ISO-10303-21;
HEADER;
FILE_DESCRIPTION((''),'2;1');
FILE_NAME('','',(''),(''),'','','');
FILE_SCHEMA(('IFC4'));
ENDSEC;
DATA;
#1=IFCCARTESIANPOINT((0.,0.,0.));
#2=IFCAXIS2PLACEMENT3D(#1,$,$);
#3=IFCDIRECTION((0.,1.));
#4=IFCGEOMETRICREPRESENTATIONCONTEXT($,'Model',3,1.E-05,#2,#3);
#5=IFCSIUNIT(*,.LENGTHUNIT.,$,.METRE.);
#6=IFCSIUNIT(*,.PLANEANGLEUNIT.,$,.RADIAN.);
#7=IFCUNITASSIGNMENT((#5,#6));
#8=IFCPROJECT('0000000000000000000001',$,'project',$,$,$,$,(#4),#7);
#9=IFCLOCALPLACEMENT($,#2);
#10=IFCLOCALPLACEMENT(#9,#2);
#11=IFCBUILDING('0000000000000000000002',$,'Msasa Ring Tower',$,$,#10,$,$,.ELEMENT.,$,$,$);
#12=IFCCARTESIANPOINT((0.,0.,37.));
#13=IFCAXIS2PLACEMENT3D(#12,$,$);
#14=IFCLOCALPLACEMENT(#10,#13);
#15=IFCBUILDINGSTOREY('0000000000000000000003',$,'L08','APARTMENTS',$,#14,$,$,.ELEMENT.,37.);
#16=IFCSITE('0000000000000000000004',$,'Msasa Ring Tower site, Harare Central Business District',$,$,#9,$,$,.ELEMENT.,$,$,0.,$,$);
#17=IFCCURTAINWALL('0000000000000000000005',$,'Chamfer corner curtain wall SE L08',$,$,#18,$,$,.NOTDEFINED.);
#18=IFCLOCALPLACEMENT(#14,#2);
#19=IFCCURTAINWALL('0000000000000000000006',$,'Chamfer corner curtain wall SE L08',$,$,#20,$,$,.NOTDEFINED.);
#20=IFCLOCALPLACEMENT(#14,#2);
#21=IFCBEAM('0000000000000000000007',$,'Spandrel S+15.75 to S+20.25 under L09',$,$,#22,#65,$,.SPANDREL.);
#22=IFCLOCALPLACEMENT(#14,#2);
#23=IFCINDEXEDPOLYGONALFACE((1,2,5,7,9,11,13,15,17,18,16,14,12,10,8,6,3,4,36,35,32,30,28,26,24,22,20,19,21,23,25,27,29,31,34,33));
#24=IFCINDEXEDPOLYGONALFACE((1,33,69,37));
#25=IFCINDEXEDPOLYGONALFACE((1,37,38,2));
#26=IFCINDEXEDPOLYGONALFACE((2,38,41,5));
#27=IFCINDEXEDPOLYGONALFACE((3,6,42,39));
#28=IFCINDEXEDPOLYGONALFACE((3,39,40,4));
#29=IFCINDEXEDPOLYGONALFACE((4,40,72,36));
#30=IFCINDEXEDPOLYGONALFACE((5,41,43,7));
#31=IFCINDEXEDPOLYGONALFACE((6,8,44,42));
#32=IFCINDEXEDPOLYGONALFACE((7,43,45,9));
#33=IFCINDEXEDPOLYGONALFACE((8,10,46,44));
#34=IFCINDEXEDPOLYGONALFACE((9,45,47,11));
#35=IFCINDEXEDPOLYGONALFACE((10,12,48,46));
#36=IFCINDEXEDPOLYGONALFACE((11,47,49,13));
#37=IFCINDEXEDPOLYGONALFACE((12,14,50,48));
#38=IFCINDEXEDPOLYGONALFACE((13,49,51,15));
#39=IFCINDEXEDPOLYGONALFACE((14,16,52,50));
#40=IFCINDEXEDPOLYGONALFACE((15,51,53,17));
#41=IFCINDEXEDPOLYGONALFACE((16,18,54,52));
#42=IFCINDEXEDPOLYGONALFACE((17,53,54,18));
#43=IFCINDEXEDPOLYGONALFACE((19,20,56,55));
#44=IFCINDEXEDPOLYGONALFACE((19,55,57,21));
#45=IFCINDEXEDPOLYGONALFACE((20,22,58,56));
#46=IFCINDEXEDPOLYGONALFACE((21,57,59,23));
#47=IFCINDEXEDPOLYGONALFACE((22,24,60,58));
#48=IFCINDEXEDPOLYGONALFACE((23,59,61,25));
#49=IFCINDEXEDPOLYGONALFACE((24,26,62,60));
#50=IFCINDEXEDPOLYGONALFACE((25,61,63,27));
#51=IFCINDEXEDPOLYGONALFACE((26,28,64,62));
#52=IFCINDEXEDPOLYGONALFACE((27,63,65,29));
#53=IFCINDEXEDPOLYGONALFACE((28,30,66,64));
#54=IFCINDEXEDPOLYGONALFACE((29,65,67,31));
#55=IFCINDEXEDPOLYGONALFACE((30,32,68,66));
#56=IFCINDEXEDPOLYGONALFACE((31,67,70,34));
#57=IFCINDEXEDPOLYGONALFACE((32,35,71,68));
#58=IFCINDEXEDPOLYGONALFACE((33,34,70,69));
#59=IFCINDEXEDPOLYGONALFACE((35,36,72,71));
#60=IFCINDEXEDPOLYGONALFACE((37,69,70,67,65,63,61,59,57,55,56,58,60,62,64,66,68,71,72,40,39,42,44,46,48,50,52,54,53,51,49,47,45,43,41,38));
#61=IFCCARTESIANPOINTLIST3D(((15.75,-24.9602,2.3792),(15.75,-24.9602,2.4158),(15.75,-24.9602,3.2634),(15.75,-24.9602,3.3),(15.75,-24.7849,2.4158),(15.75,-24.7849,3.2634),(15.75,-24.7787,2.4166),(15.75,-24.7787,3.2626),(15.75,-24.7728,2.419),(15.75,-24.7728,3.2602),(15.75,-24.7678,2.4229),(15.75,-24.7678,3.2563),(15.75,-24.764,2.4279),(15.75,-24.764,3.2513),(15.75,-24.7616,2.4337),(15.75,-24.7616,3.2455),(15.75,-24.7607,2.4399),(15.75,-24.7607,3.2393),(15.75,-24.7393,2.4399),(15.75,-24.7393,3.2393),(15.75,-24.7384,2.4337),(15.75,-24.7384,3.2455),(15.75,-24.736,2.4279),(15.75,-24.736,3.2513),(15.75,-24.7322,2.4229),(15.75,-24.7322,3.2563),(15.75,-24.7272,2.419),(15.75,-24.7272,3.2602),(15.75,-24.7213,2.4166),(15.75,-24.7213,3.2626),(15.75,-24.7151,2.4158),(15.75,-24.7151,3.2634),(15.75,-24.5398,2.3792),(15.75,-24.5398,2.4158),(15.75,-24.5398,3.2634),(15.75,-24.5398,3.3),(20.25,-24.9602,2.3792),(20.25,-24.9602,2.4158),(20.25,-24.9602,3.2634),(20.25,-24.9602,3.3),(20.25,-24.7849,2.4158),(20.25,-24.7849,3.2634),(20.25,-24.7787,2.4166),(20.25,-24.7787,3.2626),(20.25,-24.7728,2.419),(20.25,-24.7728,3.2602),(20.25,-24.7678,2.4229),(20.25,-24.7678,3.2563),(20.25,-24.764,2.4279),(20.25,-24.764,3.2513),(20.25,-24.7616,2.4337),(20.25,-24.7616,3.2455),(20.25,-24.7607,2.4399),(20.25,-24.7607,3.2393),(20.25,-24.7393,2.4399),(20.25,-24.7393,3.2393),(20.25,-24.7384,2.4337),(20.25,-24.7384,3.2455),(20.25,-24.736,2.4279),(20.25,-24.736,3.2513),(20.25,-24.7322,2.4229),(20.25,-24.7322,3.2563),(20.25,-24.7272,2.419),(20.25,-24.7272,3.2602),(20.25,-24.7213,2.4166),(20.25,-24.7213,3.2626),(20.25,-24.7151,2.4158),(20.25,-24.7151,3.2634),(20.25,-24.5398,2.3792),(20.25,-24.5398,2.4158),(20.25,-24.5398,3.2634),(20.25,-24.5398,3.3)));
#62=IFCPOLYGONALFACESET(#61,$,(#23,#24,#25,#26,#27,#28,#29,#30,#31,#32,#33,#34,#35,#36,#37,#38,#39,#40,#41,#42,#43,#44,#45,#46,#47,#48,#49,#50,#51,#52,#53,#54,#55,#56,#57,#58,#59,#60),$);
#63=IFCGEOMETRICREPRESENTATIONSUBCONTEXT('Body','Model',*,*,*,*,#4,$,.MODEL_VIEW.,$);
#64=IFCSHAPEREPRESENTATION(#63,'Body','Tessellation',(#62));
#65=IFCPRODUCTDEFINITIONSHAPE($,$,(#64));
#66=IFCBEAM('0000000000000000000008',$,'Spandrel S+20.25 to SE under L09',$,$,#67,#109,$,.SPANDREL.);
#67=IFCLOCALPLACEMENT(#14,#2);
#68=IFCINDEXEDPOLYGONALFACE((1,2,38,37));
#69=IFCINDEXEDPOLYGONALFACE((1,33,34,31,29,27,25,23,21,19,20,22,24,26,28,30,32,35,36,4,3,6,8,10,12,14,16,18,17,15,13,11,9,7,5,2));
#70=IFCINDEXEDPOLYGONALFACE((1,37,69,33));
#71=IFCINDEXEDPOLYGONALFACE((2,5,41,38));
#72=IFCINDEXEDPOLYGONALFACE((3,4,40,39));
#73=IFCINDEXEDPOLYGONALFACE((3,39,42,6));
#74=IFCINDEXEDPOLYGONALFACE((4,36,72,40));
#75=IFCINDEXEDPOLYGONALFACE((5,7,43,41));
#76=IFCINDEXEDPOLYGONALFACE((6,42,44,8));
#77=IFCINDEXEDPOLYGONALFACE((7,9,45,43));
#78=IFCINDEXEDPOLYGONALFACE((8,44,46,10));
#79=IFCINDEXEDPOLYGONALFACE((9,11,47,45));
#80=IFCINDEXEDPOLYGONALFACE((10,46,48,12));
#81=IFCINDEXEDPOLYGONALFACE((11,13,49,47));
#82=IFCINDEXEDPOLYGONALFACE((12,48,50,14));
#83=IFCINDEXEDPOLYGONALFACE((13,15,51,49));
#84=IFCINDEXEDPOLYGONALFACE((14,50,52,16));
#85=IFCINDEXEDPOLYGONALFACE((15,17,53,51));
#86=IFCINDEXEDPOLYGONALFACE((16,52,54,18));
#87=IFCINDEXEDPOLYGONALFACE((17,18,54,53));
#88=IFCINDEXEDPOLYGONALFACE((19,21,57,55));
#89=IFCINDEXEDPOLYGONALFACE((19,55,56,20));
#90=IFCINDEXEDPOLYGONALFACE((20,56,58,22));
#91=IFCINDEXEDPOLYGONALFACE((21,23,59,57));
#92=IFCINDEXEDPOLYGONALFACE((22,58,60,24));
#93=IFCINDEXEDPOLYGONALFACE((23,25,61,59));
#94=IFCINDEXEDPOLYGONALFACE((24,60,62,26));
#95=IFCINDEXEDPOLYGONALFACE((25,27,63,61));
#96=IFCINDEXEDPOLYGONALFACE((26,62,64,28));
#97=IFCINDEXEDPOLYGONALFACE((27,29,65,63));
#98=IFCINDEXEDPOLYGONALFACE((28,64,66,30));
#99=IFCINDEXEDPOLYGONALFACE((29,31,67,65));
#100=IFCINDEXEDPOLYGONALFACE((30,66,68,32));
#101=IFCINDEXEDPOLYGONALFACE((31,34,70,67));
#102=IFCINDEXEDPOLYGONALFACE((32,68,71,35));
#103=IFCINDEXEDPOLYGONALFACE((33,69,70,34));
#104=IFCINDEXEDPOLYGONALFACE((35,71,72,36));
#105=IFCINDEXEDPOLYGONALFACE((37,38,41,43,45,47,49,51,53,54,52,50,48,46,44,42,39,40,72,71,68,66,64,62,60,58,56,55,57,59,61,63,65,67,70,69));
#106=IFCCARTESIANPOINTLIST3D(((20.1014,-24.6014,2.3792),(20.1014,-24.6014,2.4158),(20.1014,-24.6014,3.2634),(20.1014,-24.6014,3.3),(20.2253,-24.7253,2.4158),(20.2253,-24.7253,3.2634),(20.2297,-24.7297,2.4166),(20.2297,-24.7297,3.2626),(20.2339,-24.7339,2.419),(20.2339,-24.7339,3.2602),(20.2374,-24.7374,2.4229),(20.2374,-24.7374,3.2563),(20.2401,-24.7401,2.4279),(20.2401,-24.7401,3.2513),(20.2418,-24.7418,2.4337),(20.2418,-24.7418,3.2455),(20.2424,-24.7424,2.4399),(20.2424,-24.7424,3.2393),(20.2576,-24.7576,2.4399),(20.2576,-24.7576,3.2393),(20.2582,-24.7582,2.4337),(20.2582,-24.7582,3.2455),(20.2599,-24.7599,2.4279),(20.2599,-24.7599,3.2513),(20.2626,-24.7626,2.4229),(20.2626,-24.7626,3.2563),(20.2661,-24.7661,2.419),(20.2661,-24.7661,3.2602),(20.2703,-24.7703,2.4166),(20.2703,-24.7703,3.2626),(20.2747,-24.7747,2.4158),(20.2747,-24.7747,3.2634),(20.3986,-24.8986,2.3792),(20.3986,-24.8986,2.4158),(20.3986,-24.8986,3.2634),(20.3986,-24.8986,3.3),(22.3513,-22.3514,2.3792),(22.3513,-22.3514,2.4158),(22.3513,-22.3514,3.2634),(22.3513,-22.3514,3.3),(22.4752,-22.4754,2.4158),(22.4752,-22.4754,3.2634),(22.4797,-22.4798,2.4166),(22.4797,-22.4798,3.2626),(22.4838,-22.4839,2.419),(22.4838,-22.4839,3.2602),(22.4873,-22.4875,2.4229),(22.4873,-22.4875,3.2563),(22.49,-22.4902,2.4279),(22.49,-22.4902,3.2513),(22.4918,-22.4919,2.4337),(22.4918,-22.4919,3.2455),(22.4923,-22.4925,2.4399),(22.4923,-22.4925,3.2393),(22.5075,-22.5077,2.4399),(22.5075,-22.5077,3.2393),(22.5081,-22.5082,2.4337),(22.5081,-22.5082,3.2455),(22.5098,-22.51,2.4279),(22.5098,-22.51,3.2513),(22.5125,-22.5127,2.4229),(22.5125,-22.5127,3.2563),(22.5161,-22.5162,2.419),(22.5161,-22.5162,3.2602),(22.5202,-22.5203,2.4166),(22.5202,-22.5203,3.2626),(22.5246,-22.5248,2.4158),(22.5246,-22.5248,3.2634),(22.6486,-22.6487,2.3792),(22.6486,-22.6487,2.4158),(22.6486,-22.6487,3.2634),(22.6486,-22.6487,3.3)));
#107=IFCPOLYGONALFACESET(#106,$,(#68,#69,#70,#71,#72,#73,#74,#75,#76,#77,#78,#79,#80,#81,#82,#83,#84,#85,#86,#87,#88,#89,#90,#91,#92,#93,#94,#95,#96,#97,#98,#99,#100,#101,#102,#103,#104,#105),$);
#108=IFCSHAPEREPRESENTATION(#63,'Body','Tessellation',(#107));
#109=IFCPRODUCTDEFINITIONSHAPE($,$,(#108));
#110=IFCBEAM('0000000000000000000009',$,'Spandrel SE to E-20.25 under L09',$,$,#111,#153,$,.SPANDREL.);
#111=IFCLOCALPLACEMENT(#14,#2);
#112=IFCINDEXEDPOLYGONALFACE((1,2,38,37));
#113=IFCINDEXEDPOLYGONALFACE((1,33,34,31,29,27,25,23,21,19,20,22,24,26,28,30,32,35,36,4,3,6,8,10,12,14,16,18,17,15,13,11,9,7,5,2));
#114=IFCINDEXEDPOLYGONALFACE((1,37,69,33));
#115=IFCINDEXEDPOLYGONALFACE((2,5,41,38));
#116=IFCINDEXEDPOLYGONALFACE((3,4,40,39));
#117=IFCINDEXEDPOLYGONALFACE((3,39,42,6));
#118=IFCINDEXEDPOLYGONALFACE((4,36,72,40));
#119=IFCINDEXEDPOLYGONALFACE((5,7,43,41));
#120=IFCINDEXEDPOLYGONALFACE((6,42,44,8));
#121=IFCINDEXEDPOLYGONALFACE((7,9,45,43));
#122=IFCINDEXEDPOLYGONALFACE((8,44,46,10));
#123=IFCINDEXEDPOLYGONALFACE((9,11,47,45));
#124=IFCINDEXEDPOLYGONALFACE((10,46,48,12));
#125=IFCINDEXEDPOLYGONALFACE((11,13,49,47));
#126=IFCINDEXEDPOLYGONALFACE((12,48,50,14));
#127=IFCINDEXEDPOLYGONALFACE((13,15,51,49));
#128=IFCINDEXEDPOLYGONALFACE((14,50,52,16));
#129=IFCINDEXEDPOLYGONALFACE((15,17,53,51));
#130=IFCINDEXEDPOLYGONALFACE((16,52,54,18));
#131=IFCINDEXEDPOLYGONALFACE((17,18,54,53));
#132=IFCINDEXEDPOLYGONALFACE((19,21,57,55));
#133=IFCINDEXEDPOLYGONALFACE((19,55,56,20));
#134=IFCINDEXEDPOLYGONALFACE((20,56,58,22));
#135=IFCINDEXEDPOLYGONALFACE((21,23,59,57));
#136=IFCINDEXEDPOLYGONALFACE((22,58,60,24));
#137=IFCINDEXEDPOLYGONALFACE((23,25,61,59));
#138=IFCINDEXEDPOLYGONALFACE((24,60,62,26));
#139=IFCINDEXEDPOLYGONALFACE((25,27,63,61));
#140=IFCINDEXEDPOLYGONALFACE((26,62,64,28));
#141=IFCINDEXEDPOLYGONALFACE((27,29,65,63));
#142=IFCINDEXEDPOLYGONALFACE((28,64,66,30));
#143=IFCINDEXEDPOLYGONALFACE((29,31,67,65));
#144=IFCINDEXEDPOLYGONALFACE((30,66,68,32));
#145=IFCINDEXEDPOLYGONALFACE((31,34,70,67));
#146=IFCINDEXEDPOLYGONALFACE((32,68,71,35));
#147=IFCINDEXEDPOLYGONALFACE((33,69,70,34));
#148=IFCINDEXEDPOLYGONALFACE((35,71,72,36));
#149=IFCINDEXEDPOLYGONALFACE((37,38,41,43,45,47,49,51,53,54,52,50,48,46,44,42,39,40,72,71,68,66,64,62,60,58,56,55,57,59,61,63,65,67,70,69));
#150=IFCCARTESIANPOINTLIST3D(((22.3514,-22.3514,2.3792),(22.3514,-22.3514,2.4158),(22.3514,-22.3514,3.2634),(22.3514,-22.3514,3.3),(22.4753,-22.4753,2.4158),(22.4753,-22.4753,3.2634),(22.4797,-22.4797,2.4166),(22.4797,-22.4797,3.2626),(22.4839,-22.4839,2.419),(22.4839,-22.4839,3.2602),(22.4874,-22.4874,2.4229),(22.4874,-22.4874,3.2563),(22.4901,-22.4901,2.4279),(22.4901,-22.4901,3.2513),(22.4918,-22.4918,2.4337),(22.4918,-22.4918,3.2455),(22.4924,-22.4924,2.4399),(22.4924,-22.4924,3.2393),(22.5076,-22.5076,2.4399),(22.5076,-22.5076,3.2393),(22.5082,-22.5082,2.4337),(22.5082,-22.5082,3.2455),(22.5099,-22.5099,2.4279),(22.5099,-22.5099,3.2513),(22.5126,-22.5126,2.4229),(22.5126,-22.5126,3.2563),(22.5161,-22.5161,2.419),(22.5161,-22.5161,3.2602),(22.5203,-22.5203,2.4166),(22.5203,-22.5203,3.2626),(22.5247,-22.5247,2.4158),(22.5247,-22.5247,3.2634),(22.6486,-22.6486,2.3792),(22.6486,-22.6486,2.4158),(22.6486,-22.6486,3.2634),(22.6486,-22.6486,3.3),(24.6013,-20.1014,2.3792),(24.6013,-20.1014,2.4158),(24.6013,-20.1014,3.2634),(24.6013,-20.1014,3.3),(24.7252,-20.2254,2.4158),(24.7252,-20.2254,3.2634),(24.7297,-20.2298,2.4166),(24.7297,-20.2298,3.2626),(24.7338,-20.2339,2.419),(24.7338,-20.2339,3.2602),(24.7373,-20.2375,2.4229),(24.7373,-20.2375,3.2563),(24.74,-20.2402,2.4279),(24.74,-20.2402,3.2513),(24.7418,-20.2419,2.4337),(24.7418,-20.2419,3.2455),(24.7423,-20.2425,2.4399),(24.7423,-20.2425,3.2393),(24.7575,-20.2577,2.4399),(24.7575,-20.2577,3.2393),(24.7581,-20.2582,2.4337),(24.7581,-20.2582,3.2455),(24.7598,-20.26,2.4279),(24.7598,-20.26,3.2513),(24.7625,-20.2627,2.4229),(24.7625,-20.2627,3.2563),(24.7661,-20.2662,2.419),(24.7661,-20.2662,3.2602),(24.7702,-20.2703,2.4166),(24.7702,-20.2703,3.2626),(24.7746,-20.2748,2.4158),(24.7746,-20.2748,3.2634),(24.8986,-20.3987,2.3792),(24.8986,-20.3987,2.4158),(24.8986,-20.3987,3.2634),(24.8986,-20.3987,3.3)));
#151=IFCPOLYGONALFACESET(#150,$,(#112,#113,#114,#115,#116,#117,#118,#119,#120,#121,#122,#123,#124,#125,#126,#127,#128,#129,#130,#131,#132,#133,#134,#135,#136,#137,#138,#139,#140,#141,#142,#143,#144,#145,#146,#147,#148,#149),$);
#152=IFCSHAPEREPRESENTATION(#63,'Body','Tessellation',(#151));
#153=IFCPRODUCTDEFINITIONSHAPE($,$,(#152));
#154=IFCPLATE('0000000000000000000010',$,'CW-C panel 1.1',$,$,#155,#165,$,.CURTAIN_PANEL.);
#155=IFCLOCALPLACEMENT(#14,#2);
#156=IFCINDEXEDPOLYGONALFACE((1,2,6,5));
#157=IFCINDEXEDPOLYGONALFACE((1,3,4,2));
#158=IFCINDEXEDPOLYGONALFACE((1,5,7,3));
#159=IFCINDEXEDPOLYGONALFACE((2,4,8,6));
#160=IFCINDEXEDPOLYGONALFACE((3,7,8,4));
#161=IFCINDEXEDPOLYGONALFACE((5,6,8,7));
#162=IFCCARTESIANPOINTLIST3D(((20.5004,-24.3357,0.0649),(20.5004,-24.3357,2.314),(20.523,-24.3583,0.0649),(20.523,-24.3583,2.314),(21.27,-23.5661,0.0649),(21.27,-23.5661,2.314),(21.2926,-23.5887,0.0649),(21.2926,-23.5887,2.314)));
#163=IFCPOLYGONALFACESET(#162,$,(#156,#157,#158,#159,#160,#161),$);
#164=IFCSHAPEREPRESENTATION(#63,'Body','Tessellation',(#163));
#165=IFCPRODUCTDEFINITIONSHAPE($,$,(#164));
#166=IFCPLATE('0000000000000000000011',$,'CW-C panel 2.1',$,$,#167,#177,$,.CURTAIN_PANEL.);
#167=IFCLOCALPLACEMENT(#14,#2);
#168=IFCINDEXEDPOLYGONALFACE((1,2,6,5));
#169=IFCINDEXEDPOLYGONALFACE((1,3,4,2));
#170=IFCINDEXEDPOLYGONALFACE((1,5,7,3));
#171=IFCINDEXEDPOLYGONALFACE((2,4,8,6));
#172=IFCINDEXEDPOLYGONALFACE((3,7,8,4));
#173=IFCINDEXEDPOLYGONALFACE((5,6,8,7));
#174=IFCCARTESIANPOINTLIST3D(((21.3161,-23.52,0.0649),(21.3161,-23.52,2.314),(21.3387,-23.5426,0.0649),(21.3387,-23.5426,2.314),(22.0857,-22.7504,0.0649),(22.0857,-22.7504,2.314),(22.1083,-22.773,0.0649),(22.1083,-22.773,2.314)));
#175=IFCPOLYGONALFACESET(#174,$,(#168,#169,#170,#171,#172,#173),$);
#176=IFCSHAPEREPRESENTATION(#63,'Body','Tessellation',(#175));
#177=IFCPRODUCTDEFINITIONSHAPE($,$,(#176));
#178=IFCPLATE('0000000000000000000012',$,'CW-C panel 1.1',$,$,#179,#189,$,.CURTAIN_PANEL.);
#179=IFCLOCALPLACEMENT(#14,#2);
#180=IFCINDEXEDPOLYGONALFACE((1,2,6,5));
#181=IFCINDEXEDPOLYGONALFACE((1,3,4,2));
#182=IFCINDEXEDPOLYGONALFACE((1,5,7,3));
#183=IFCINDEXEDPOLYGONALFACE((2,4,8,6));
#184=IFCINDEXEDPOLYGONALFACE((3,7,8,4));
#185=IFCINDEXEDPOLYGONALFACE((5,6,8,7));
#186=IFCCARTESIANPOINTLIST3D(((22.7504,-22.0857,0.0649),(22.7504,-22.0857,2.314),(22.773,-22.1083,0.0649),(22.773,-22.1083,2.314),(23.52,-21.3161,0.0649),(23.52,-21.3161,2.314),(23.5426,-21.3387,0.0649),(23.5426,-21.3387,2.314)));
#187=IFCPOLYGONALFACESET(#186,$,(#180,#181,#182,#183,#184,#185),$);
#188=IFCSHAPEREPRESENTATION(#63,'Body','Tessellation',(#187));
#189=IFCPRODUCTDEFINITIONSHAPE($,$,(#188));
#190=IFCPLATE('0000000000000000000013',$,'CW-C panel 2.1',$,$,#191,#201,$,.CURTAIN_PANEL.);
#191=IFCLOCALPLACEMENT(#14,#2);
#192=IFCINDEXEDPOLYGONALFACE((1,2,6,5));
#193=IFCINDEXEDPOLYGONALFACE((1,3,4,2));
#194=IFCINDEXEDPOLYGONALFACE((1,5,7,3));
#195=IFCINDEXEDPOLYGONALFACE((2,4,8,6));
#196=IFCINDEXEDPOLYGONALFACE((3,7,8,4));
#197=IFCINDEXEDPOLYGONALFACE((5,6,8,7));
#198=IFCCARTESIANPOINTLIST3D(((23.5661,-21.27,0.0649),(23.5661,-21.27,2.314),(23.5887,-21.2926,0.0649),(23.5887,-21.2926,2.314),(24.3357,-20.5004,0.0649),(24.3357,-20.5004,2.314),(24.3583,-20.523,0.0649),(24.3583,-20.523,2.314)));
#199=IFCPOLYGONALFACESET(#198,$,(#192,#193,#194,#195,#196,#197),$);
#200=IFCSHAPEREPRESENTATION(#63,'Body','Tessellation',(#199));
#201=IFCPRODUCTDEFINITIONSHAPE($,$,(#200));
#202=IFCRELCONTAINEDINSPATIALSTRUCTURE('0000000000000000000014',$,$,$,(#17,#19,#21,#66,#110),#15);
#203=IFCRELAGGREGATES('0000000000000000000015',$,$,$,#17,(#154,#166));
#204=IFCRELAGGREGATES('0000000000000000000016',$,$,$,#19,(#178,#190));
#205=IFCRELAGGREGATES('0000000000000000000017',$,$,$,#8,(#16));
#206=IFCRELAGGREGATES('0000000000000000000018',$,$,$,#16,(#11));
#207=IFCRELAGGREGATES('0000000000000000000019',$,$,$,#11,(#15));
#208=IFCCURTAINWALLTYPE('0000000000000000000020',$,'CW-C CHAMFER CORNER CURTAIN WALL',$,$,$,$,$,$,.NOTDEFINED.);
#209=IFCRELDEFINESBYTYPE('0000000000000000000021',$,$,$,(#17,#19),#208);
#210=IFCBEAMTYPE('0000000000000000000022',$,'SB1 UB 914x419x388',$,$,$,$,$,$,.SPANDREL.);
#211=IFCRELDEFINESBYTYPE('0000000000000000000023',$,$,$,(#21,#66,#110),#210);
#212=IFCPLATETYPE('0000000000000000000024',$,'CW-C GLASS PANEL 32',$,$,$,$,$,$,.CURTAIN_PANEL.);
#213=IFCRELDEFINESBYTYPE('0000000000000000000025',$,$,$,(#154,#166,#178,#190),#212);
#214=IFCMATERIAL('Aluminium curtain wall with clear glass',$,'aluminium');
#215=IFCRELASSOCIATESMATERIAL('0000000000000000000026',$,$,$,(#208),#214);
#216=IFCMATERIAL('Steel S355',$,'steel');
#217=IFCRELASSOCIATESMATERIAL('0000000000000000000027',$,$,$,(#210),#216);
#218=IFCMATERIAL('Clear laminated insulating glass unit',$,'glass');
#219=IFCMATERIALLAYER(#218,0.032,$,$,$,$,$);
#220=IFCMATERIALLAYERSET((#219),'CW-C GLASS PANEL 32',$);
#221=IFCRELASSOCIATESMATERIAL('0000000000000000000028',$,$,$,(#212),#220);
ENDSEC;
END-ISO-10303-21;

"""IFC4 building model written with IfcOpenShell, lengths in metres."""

from ifc_helpers import new_model, si_unit, direction, frame, origin, origin_2d, place, context, subcontext, project, spatial, rectangle, i_section, extrude, material, layer, layer_set, material_profile, profile_set, type_object, element, aggregate, save


model = new_model("IFC4")

# Units and contexts
model_context = context("Model", 3, precision=1e-05, world=origin(), true_north=direction((0.0, 1.0)))
body_context = subcontext(model_context, "Body", "Model", "MODEL_VIEW")
ifc_project = project(units=[si_unit("LENGTHUNIT", "METRE"), si_unit("PLANEANGLEUNIT", "RADIAN")], contexts=[model_context])

# Site, building, storey
site_placement = place(None, origin())
site = spatial("IfcSite", under=ifc_project, at=site_placement, Name="Msasa Ring Tower site, Harare Central Business District", CompositionType="ELEMENT", RefElevation=0.0)
building_placement = place(site_placement, origin())
building = spatial("IfcBuilding", under=site, at=building_placement, Name="Msasa Ring Tower", CompositionType="ELEMENT")
storey_placement = place(building_placement, frame((0.0, 0.0, 37.0)))
storey = spatial("IfcBuildingStorey", under=building, at=storey_placement, Name="L08", Description="APARTMENTS", CompositionType="ELEMENT", Elevation=37.0)

# Curtain walls
ifc_material_1 = material(Name="Aluminium curtain wall with clear glass", Category="aluminium")
curtain_wall_type = type_object("IfcCurtainWallType", Name="CW-C CHAMFER CORNER CURTAIN WALL", PredefinedType="NOTDEFINED", material=ifc_material_1)
curtain_wall_1_placement = place(storey_placement, origin())
curtain_wall_1 = element("IfcCurtainWall", 1, at=curtain_wall_1_placement, inside=storey, type_object=curtain_wall_type, Name="Chamfer corner curtain wall SE L08", PredefinedType="NOTDEFINED")
curtain_wall_2_placement = place(storey_placement, origin())
curtain_wall_2 = element("IfcCurtainWall", 2, at=curtain_wall_2_placement, inside=storey, type_object=curtain_wall_type, Name="Chamfer corner curtain wall SE L08", PredefinedType="NOTDEFINED")

# Beams
ifc_material_2 = material(Name="Steel S355", Category="steel")
ifc_material_profile_1 = material_profile(ifc_material_2, i_section(OverallWidth=0.4204, OverallDepth=0.9209, WebThickness=0.0215, FlangeThickness=0.0366, FilletRadius=0.0242, at=origin_2d()), Name="UB 914x419x388")
ifc_profile_set_1 = profile_set([ifc_material_profile_1], Name="Steel S355")
beam_type_1 = type_object("IfcBeamType", Name="SB1 UB 914x419x388", PredefinedType="SPANDREL", material=ifc_profile_set_1)
beam_1_placement = place(storey_placement, frame((15.75, -24.75, 2.8396), z_axis=(1.0, 0.0, 0.0), x_axis=(0.0, 1.0, 0.0)))
element("IfcBeam", 3, at=beam_1_placement, inside=storey, type_object=beam_type_1, Name="Spandrel S+15.75 to S+20.25 under L09", PredefinedType="SPANDREL", context=body_context, shape_type="SweptSolid", body=[
    extrude(i_section(OverallWidth=0.4204, OverallDepth=0.9209, WebThickness=0.0215, FlangeThickness=0.0366, FilletRadius=0.0242, at=origin_2d()), origin(), (0.0, 0.0, 1.0), 4.5),
])
for number, where, z_axis, x_axis, name in (
    (4, (20.25, -24.75, 2.8396), (0.707107, 0.707107, 0.0), (-0.707107, 0.707107, 0.0), "Spandrel S+20.25 to SE under L09"),
    (5, (22.5, -22.5, 2.8396), (0.707107, 0.707107, 0.0), (-0.707107, 0.707107, 0.0), "Spandrel SE to E-20.25 under L09"),
):
    element("IfcBeam", number, at=place(storey_placement, frame(where, z_axis=z_axis, x_axis=x_axis)), inside=storey, type_object=beam_type_1, Name=name, PredefinedType="SPANDREL", context=body_context, shape_type="SweptSolid", body=[
        extrude(i_section(OverallWidth=0.4204, OverallDepth=0.9209, WebThickness=0.0215, FlangeThickness=0.0366, FilletRadius=0.0242, at=origin_2d()), origin(), (0.0, 0.0, 1.0), 3.1819),
    ])

# Plates
ifc_material_3 = material(Name="Clear laminated insulating glass unit", Category="glass")
ifc_layer_1 = layer(ifc_material_3, 0.032)
ifc_layer_set_1 = layer_set([ifc_layer_1], Name="CW-C GLASS PANEL 32")
plate_type = type_object("IfcPlateType", Name="CW-C GLASS PANEL 32", PredefinedType="CURTAIN_PANEL", material=ifc_layer_set_1)
plate_1_placement = place(storey_placement, frame((20.8965, -23.9622, 0.0649), z_axis=(0.0, 0.0, 1.0), x_axis=(0.707107, 0.707107, 0.0)))
plate_1 = element("IfcPlate", 6, at=plate_1_placement, type_object=plate_type, Name="CW-C panel 1.1", PredefinedType="CURTAIN_PANEL", context=body_context, shape_type="SweptSolid", body=[
    extrude(rectangle(XDim=1.0884, YDim=0.032, at=origin_2d()), origin(), (0.0, 0.0, 1.0), 2.249),
])
plate_2_placement = place(storey_placement, frame((21.7122, -23.1465, 0.0649), z_axis=(0.0, 0.0, 1.0), x_axis=(0.707107, 0.707107, 0.0)))
plate_2 = element("IfcPlate", 7, at=plate_2_placement, type_object=plate_type, Name="CW-C panel 2.1", PredefinedType="CURTAIN_PANEL", context=body_context, shape_type="SweptSolid", body=[
    extrude(rectangle(XDim=1.0884, YDim=0.032, at=origin_2d()), origin(), (0.0, 0.0, 1.0), 2.249),
])
aggregate(curtain_wall_1, [plate_1, plate_2])
plate_3_placement = place(storey_placement, frame((23.1465, -21.7122, 0.0649), z_axis=(0.0, 0.0, 1.0), x_axis=(0.707107, 0.707107, 0.0)))
plate_3 = element("IfcPlate", 8, at=plate_3_placement, type_object=plate_type, Name="CW-C panel 1.1", PredefinedType="CURTAIN_PANEL", context=body_context, shape_type="SweptSolid", body=[
    extrude(rectangle(XDim=1.0884, YDim=0.032, at=origin_2d()), origin(), (0.0, 0.0, 1.0), 2.249),
])
plate_4_placement = place(storey_placement, frame((23.9622, -20.8965, 0.0649), z_axis=(0.0, 0.0, 1.0), x_axis=(0.707107, 0.707107, 0.0)))
plate_4 = element("IfcPlate", 9, at=plate_4_placement, type_object=plate_type, Name="CW-C panel 2.1", PredefinedType="CURTAIN_PANEL", context=body_context, shape_type="SweptSolid", body=[
    extrude(rectangle(XDim=1.0884, YDim=0.032, at=origin_2d()), origin(), (0.0, 0.0, 1.0), 2.249),
])
aggregate(curtain_wall_2, [plate_3, plate_4])

save(model, "model.ifc")
